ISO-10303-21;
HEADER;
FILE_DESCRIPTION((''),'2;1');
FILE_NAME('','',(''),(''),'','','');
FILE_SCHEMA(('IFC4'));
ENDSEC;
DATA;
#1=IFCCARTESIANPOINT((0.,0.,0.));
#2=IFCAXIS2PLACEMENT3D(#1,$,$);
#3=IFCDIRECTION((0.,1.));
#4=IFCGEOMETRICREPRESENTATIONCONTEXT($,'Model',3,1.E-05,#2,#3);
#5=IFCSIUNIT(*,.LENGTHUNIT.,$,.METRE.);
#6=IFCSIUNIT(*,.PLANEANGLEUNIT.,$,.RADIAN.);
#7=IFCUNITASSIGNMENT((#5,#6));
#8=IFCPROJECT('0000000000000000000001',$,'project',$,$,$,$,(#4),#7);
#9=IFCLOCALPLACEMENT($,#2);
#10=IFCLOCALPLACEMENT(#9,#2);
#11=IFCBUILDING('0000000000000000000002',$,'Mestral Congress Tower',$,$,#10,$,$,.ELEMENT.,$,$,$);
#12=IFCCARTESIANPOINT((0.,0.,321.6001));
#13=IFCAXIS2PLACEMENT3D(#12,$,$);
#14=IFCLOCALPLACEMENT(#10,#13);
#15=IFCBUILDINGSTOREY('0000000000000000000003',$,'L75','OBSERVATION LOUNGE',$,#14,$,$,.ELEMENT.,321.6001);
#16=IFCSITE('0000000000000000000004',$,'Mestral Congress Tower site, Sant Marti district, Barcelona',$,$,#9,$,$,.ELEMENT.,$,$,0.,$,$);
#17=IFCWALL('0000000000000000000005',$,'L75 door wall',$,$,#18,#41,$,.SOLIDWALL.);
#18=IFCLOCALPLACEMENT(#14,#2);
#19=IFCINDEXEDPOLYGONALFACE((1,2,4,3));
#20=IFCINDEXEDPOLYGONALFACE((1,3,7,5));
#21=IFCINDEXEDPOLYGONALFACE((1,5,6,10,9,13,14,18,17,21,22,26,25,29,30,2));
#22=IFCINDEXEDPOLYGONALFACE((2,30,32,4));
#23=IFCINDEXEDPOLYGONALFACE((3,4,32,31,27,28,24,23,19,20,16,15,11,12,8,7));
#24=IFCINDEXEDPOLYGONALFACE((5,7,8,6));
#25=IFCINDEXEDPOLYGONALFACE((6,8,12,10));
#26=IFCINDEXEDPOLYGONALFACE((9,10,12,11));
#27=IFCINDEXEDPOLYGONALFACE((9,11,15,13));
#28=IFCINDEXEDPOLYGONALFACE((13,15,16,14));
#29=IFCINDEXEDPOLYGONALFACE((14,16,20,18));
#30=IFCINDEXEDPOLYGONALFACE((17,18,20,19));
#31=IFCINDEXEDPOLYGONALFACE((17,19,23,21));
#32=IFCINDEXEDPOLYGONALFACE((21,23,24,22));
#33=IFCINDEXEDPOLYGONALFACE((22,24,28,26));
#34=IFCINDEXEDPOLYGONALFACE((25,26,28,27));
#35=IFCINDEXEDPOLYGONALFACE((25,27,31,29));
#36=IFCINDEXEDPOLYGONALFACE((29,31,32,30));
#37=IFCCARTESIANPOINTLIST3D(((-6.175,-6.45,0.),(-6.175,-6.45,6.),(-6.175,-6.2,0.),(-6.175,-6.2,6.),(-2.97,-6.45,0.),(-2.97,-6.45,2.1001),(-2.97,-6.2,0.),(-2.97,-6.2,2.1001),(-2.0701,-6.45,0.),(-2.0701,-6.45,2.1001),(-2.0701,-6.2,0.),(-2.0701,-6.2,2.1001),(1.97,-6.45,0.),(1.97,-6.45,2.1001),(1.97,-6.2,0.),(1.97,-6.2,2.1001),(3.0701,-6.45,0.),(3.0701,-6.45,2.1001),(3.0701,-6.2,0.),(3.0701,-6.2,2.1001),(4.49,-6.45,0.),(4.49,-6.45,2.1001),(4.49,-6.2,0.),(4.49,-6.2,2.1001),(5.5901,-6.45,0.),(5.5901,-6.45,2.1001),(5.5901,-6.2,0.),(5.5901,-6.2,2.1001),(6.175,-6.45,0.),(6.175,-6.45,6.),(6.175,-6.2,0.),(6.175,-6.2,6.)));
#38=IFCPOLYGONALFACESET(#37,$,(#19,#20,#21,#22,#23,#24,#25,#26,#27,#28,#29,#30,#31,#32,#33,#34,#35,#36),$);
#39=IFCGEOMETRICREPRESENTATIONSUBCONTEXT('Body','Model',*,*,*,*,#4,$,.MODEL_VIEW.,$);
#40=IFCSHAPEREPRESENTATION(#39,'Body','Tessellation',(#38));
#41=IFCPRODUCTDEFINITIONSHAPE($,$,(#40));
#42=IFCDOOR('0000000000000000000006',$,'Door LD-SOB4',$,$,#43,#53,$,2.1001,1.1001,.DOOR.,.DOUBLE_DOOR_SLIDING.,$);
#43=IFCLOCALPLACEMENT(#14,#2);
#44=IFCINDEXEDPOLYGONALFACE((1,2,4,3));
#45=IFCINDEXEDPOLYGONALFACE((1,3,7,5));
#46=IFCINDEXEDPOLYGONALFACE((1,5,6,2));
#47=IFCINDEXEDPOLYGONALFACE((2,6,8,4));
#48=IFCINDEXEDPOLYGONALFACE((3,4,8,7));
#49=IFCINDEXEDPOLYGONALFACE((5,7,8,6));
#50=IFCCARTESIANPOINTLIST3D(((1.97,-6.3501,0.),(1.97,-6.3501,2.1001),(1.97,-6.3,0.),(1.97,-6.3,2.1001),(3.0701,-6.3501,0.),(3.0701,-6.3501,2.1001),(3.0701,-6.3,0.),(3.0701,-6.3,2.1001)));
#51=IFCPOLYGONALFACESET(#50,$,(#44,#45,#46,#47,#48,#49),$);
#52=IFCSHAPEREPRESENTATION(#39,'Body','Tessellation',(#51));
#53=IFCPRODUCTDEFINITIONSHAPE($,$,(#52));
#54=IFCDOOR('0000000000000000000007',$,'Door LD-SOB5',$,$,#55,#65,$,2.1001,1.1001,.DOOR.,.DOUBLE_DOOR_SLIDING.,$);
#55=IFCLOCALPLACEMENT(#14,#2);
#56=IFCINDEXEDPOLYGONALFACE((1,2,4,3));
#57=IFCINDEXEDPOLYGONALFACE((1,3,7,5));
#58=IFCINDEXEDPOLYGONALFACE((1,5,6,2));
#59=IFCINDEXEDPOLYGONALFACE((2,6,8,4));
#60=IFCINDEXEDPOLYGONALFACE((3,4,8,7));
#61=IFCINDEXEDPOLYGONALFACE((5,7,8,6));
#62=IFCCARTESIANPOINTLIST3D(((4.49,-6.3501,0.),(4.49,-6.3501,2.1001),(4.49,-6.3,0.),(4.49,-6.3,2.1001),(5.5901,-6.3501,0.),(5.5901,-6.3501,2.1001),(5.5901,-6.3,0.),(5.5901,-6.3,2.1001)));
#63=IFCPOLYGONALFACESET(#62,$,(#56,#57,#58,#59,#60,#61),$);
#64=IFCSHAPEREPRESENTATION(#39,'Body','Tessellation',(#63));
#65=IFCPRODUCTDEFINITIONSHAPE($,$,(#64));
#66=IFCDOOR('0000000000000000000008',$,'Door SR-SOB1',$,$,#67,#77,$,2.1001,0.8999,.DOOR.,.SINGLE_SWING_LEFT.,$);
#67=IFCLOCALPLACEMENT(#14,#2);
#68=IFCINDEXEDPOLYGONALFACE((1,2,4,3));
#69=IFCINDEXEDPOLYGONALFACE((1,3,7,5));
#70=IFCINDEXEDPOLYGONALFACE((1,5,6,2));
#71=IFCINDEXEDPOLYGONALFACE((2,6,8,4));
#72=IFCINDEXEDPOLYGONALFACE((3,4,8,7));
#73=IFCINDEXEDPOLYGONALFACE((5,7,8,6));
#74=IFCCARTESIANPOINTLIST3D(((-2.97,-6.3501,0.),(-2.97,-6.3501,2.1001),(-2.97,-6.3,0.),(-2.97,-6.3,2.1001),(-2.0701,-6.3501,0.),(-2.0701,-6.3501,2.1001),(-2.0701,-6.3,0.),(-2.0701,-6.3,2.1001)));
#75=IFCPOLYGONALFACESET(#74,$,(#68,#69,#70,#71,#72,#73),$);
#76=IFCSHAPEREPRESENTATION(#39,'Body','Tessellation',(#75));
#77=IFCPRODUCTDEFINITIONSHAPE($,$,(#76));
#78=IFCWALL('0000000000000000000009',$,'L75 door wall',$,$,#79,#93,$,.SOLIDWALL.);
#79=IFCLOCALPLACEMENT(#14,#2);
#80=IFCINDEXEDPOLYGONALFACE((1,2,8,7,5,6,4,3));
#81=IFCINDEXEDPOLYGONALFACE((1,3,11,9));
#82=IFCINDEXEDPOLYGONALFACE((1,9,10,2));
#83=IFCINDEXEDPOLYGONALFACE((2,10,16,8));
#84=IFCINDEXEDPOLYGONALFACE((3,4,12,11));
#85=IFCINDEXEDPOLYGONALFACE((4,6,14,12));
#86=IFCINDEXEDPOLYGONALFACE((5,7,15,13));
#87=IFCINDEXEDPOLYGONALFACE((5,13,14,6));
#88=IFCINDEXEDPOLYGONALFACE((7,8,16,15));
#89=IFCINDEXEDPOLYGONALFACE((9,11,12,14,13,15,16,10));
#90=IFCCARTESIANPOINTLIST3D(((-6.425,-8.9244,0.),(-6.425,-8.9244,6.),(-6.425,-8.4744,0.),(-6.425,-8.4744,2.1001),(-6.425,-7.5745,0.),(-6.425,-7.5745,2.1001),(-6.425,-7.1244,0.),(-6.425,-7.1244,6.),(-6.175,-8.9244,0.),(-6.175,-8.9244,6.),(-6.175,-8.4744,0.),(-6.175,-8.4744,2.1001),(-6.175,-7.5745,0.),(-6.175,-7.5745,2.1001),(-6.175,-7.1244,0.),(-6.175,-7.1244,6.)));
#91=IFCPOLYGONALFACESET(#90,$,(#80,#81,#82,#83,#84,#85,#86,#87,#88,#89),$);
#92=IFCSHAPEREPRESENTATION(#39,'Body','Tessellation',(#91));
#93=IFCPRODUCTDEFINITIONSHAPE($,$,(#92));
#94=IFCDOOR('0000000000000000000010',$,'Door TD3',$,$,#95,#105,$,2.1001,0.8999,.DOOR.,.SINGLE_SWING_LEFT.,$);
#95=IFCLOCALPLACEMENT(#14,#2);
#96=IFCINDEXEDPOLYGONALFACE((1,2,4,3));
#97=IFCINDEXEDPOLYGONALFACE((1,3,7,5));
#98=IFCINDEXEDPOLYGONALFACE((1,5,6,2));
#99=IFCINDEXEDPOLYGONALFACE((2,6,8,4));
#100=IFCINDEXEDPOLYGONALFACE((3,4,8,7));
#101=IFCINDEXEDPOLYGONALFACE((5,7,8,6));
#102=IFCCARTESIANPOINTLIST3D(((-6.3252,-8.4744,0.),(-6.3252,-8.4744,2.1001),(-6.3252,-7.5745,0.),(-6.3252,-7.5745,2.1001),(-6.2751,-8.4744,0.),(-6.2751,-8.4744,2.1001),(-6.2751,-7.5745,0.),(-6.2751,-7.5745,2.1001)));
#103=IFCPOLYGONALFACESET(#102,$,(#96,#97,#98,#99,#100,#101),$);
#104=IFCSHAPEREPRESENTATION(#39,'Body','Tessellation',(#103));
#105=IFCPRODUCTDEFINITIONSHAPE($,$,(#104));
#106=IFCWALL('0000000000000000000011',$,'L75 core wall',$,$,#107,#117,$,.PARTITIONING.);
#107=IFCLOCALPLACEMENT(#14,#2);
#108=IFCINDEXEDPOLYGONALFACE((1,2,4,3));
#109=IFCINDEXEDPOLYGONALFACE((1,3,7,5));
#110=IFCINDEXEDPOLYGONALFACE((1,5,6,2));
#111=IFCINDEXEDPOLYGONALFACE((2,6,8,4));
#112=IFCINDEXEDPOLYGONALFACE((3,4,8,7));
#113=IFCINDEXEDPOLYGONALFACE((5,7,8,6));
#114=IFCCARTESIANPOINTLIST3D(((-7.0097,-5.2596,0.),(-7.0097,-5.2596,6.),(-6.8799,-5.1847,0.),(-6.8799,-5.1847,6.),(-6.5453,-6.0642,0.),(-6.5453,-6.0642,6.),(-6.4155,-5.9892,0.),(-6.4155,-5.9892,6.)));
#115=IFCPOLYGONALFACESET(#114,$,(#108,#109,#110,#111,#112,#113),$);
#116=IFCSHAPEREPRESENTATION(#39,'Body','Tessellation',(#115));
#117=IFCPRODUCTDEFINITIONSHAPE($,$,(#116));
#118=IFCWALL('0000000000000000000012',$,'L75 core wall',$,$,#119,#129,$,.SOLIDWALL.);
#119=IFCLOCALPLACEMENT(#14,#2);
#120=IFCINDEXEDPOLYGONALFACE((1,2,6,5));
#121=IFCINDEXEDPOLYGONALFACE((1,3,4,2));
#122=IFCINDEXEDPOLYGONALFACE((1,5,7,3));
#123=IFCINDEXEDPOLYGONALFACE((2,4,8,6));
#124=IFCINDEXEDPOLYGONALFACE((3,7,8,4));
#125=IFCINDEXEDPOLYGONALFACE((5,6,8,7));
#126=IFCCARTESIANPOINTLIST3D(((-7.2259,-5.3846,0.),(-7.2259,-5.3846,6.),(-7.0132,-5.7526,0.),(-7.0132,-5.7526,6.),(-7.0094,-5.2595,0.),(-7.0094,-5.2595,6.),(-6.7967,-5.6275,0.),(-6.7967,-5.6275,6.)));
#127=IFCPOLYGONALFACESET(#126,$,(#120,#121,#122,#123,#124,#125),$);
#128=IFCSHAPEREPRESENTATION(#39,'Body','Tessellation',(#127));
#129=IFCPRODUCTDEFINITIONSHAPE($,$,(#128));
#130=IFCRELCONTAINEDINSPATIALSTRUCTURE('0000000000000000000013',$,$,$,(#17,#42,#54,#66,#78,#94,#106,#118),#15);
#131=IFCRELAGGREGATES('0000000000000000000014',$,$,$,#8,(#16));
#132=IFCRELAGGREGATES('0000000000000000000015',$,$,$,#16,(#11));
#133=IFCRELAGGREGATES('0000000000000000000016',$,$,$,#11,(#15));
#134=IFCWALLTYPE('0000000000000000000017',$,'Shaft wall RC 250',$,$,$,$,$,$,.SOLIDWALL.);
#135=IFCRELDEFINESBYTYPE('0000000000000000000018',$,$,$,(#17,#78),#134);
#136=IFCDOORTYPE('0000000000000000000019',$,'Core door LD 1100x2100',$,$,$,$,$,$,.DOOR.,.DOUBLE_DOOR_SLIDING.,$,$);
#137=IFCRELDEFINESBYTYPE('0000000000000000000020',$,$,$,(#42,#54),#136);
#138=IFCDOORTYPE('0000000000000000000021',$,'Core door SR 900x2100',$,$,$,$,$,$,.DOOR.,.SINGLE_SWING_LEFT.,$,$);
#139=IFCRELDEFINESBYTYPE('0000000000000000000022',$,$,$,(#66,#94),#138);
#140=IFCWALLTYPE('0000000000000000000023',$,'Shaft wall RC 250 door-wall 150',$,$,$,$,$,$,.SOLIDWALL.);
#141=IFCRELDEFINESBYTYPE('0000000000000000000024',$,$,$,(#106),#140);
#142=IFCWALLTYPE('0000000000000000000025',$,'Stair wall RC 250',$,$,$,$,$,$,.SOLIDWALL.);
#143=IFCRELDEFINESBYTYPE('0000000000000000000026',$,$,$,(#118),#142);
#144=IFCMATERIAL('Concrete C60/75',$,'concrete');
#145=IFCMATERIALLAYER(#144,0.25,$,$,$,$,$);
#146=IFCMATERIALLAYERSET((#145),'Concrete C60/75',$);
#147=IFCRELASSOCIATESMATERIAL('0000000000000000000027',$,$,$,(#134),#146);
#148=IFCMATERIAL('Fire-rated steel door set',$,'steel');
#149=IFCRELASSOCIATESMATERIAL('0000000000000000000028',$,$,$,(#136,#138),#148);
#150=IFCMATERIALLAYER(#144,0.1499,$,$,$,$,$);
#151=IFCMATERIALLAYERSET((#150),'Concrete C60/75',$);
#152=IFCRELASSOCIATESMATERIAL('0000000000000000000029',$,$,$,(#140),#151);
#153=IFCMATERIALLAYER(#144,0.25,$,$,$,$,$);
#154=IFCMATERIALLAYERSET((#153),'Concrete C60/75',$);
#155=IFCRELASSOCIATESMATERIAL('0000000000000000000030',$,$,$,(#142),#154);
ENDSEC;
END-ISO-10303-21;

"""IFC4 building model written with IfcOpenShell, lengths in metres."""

from ifc_helpers import new_model, si_unit, direction, frame, frame_2d, origin, place, context, subcontext, project, spatial, rectangle, extrude, material, layer, layer_set, type_object, element, fill, save


model = new_model("IFC4")

# Units and contexts
model_context = context("Model", 3, precision=1e-05, world=origin(), true_north=direction((0.0, 1.0)))
body_context = subcontext(model_context, "Body", "Model", "MODEL_VIEW")
ifc_project = project(units=[si_unit("LENGTHUNIT", "METRE"), si_unit("PLANEANGLEUNIT", "RADIAN")], contexts=[model_context])

# Site, building, storey
site_placement = place(None, origin())
site = spatial("IfcSite", under=ifc_project, at=site_placement, Name="Mestral Congress Tower site, Sant Marti district, Barcelona", CompositionType="ELEMENT", RefElevation=0.0)
building_placement = place(site_placement, origin())
building = spatial("IfcBuilding", under=site, at=building_placement, Name="Mestral Congress Tower", CompositionType="ELEMENT")
storey_placement = place(building_placement, frame((0.0, 0.0, 321.6001)))
storey = spatial("IfcBuildingStorey", under=building, at=storey_placement, Name="L75", Description="OBSERVATION LOUNGE", CompositionType="ELEMENT", Elevation=321.6001)

# Shared definitions
ifc_material_1 = material(Name="Fire-rated steel door set", Category="steel")

# Shared definitions
ifc_material_2 = material(Name="Concrete C60/75", Category="concrete")
ifc_layer_1 = layer(ifc_material_2, 0.25)
ifc_layer_set_1 = layer_set([ifc_layer_1], Name="Concrete C60/75")
wall_type_1 = type_object("IfcWallType", Name="Shaft wall RC 250", PredefinedType="SOLIDWALL", material=ifc_layer_set_1)

# Wall, openings, doors
wall_1_placement = place(storey_placement, frame((-6.175, -6.325, 0.0), z_axis=(0.0, 0.0, 1.0), x_axis=(1.0, 0.0, 0.0)))
wall_1 = element("IfcWall", 1, at=wall_1_placement, inside=storey, type_object=wall_type_1, Name="L75 door wall", PredefinedType="SOLIDWALL", context=body_context, shape_type="SweptSolid", body=[
    extrude(rectangle(XDim=12.3501, YDim=0.25, at=frame_2d((6.175, 0.0))), origin(), (0.0, 0.0, 1.0), 6.0),
])
opening_1_placement = place(wall_1_placement, frame((3.2051, 0.0, 0.0)))
opening_1 = element("IfcOpeningElement", 2, at=opening_1_placement, cuts=wall_1, PredefinedType="OPENING", context=body_context, shape_type="SweptSolid", body=[
    extrude(rectangle(XDim=0.8999, YDim=2.1001, at=frame_2d((0.45, 1.05))), frame((0.0, 0.135, 0.0), z_axis=(0.0, -1.0, 0.0), x_axis=(1.0, 0.0, 0.0)), (0.0, 0.0, 1.0), 0.27),
])
opening_2_placement = place(wall_1_placement, frame((8.145, 0.0, 0.0)))
opening_2 = element("IfcOpeningElement", 3, at=opening_2_placement, cuts=wall_1, PredefinedType="OPENING", context=body_context, shape_type="SweptSolid", body=[
    extrude(rectangle(XDim=1.1001, YDim=2.1001, at=frame_2d((0.55, 1.05))), frame((0.0, 0.135, 0.0), z_axis=(0.0, -1.0, 0.0), x_axis=(1.0, 0.0, 0.0)), (0.0, 0.0, 1.0), 0.27),
])
opening_3_placement = place(wall_1_placement, frame((10.665, 0.0, 0.0)))
opening_3 = element("IfcOpeningElement", 4, at=opening_3_placement, cuts=wall_1, PredefinedType="OPENING", context=body_context, shape_type="SweptSolid", body=[
    extrude(rectangle(XDim=1.1001, YDim=2.1001, at=frame_2d((0.55, 1.05))), frame((0.0, 0.135, 0.0), z_axis=(0.0, -1.0, 0.0), x_axis=(1.0, 0.0, 0.0)), (0.0, 0.0, 1.0), 0.27),
])
door_type_1 = type_object("IfcDoorType", Name="Core door LD 1100x2100", OperationType="DOUBLE_DOOR_SLIDING", PredefinedType="DOOR", material=ifc_material_1)
door_1_placement = place(opening_2_placement, origin())
door_1 = element("IfcDoor", 5, at=door_1_placement, inside=storey, type_object=door_type_1, Name="Door LD-SOB4", OperationType="DOUBLE_DOOR_SLIDING", OverallHeight=2.1001, OverallWidth=1.1001, PredefinedType="DOOR", context=body_context, shape_type="SweptSolid", body=[
    extrude(rectangle(XDim=1.1001, YDim=2.1001, at=frame_2d((0.55, 1.05))), frame((0.0, 0.0249, 0.0), z_axis=(0.0, -1.0, 0.0), x_axis=(1.0, 0.0, 0.0)), (0.0, 0.0, 1.0), 0.05),
])
fill(opening_2, door_1)
door_2_placement = place(opening_3_placement, origin())
door_2 = element("IfcDoor", 6, at=door_2_placement, inside=storey, type_object=door_type_1, Name="Door LD-SOB5", OperationType="DOUBLE_DOOR_SLIDING", OverallHeight=2.1001, OverallWidth=1.1001, PredefinedType="DOOR", context=body_context, shape_type="SweptSolid", body=[
    extrude(rectangle(XDim=1.1001, YDim=2.1001, at=frame_2d((0.55, 1.05))), frame((0.0, 0.0249, 0.0), z_axis=(0.0, -1.0, 0.0), x_axis=(1.0, 0.0, 0.0)), (0.0, 0.0, 1.0), 0.05),
])
fill(opening_3, door_2)
door_type_2 = type_object("IfcDoorType", Name="Core door SR 900x2100", OperationType="SINGLE_SWING_LEFT", PredefinedType="DOOR", material=ifc_material_1)
door_3_placement = place(opening_1_placement, origin())
door_3 = element("IfcDoor", 7, at=door_3_placement, inside=storey, type_object=door_type_2, Name="Door SR-SOB1", OperationType="SINGLE_SWING_LEFT", OverallHeight=2.1001, OverallWidth=0.8999, PredefinedType="DOOR", context=body_context, shape_type="SweptSolid", body=[
    extrude(rectangle(XDim=0.8999, YDim=2.1001, at=frame_2d((0.45, 1.05))), frame((0.0, 0.0249, 0.0), z_axis=(0.0, -1.0, 0.0), x_axis=(1.0, 0.0, 0.0)), (0.0, 0.0, 1.0), 0.05),
])
fill(opening_1, door_3)

# Wall, opening, door
wall_2_placement = place(storey_placement, frame((-6.3, -7.1245, 0.0), z_axis=(0.0, 0.0, 1.0), x_axis=(0.0, -1.0, 0.0)))
wall_2 = element("IfcWall", 8, at=wall_2_placement, inside=storey, type_object=wall_type_1, Name="L75 door wall", PredefinedType="SOLIDWALL", context=body_context, shape_type="SweptSolid", body=[
    extrude(rectangle(XDim=1.8, YDim=0.25, at=frame_2d((0.8999, 0.0))), origin(), (0.0, 0.0, 1.0), 6.0),
])
opening_4_placement = place(wall_2_placement, frame((0.45, 0.0, 0.0)))
opening_4 = element("IfcOpeningElement", 9, at=opening_4_placement, cuts=wall_2, PredefinedType="OPENING", context=body_context, shape_type="SweptSolid", body=[
    extrude(rectangle(XDim=0.8999, YDim=2.1001, at=frame_2d((0.45, 1.05))), frame((0.0, 0.135, 0.0), z_axis=(0.0, -1.0, 0.0), x_axis=(1.0, 0.0, 0.0)), (0.0, 0.0, 1.0), 0.27),
])
door_4_placement = place(opening_4_placement, origin())
door_4 = element("IfcDoor", 10, at=door_4_placement, inside=storey, type_object=door_type_2, Name="Door TD3", OperationType="SINGLE_SWING_LEFT", OverallHeight=2.1001, OverallWidth=0.8999, PredefinedType="DOOR", context=body_context, shape_type="SweptSolid", body=[
    extrude(rectangle(XDim=0.8999, YDim=2.1001, at=frame_2d((0.45, 1.05))), frame((0.0, 0.0249, 0.0), z_axis=(0.0, -1.0, 0.0), x_axis=(1.0, 0.0, 0.0)), (0.0, 0.0, 1.0), 0.05),
])
fill(opening_4, door_4)

# Walls
ifc_layer_2 = layer(ifc_material_2, 0.1499)
ifc_layer_set_2 = layer_set([ifc_layer_2], Name="Concrete C60/75")
wall_type_2 = type_object("IfcWallType", Name="Shaft wall RC 250 door-wall 150", PredefinedType="SOLIDWALL", material=ifc_layer_set_2)
wall_3_placement = place(storey_placement, frame((-6.4805, -6.0266, 0.0), z_axis=(0.0, 0.0, 1.0), x_axis=(-0.499927, 0.866067, 0.0)))
element("IfcWall", 11, at=wall_3_placement, inside=storey, type_object=wall_type_2, Name="L75 core wall", PredefinedType="PARTITIONING", context=body_context, shape_type="SweptSolid", body=[
    extrude(rectangle(XDim=0.929, YDim=0.1499, at=frame_2d((0.4644, 0.0))), origin(), (0.0, 0.0, 1.0), 6.0),
])
ifc_layer_3 = layer(ifc_material_2, 0.25)
ifc_layer_set_3 = layer_set([ifc_layer_3], Name="Concrete C60/75")
wall_type_3 = type_object("IfcWallType", Name="Stair wall RC 250", PredefinedType="SOLIDWALL", material=ifc_layer_set_3)
wall_4_placement = place(storey_placement, frame((-6.905, -5.6899, 0.0), z_axis=(0.0, 0.0, 1.0), x_axis=(-0.500402, 0.865793, 0.0)))
element("IfcWall", 12, at=wall_4_placement, inside=storey, type_object=wall_type_3, Name="L75 core wall", PredefinedType="SOLIDWALL", context=body_context, shape_type="SweptSolid", body=[
    extrude(rectangle(XDim=0.425, YDim=0.25, at=frame_2d((0.2124, 0.0))), origin(), (0.0, 0.0, 1.0), 6.0),
])

save(model, "model.ifc")
